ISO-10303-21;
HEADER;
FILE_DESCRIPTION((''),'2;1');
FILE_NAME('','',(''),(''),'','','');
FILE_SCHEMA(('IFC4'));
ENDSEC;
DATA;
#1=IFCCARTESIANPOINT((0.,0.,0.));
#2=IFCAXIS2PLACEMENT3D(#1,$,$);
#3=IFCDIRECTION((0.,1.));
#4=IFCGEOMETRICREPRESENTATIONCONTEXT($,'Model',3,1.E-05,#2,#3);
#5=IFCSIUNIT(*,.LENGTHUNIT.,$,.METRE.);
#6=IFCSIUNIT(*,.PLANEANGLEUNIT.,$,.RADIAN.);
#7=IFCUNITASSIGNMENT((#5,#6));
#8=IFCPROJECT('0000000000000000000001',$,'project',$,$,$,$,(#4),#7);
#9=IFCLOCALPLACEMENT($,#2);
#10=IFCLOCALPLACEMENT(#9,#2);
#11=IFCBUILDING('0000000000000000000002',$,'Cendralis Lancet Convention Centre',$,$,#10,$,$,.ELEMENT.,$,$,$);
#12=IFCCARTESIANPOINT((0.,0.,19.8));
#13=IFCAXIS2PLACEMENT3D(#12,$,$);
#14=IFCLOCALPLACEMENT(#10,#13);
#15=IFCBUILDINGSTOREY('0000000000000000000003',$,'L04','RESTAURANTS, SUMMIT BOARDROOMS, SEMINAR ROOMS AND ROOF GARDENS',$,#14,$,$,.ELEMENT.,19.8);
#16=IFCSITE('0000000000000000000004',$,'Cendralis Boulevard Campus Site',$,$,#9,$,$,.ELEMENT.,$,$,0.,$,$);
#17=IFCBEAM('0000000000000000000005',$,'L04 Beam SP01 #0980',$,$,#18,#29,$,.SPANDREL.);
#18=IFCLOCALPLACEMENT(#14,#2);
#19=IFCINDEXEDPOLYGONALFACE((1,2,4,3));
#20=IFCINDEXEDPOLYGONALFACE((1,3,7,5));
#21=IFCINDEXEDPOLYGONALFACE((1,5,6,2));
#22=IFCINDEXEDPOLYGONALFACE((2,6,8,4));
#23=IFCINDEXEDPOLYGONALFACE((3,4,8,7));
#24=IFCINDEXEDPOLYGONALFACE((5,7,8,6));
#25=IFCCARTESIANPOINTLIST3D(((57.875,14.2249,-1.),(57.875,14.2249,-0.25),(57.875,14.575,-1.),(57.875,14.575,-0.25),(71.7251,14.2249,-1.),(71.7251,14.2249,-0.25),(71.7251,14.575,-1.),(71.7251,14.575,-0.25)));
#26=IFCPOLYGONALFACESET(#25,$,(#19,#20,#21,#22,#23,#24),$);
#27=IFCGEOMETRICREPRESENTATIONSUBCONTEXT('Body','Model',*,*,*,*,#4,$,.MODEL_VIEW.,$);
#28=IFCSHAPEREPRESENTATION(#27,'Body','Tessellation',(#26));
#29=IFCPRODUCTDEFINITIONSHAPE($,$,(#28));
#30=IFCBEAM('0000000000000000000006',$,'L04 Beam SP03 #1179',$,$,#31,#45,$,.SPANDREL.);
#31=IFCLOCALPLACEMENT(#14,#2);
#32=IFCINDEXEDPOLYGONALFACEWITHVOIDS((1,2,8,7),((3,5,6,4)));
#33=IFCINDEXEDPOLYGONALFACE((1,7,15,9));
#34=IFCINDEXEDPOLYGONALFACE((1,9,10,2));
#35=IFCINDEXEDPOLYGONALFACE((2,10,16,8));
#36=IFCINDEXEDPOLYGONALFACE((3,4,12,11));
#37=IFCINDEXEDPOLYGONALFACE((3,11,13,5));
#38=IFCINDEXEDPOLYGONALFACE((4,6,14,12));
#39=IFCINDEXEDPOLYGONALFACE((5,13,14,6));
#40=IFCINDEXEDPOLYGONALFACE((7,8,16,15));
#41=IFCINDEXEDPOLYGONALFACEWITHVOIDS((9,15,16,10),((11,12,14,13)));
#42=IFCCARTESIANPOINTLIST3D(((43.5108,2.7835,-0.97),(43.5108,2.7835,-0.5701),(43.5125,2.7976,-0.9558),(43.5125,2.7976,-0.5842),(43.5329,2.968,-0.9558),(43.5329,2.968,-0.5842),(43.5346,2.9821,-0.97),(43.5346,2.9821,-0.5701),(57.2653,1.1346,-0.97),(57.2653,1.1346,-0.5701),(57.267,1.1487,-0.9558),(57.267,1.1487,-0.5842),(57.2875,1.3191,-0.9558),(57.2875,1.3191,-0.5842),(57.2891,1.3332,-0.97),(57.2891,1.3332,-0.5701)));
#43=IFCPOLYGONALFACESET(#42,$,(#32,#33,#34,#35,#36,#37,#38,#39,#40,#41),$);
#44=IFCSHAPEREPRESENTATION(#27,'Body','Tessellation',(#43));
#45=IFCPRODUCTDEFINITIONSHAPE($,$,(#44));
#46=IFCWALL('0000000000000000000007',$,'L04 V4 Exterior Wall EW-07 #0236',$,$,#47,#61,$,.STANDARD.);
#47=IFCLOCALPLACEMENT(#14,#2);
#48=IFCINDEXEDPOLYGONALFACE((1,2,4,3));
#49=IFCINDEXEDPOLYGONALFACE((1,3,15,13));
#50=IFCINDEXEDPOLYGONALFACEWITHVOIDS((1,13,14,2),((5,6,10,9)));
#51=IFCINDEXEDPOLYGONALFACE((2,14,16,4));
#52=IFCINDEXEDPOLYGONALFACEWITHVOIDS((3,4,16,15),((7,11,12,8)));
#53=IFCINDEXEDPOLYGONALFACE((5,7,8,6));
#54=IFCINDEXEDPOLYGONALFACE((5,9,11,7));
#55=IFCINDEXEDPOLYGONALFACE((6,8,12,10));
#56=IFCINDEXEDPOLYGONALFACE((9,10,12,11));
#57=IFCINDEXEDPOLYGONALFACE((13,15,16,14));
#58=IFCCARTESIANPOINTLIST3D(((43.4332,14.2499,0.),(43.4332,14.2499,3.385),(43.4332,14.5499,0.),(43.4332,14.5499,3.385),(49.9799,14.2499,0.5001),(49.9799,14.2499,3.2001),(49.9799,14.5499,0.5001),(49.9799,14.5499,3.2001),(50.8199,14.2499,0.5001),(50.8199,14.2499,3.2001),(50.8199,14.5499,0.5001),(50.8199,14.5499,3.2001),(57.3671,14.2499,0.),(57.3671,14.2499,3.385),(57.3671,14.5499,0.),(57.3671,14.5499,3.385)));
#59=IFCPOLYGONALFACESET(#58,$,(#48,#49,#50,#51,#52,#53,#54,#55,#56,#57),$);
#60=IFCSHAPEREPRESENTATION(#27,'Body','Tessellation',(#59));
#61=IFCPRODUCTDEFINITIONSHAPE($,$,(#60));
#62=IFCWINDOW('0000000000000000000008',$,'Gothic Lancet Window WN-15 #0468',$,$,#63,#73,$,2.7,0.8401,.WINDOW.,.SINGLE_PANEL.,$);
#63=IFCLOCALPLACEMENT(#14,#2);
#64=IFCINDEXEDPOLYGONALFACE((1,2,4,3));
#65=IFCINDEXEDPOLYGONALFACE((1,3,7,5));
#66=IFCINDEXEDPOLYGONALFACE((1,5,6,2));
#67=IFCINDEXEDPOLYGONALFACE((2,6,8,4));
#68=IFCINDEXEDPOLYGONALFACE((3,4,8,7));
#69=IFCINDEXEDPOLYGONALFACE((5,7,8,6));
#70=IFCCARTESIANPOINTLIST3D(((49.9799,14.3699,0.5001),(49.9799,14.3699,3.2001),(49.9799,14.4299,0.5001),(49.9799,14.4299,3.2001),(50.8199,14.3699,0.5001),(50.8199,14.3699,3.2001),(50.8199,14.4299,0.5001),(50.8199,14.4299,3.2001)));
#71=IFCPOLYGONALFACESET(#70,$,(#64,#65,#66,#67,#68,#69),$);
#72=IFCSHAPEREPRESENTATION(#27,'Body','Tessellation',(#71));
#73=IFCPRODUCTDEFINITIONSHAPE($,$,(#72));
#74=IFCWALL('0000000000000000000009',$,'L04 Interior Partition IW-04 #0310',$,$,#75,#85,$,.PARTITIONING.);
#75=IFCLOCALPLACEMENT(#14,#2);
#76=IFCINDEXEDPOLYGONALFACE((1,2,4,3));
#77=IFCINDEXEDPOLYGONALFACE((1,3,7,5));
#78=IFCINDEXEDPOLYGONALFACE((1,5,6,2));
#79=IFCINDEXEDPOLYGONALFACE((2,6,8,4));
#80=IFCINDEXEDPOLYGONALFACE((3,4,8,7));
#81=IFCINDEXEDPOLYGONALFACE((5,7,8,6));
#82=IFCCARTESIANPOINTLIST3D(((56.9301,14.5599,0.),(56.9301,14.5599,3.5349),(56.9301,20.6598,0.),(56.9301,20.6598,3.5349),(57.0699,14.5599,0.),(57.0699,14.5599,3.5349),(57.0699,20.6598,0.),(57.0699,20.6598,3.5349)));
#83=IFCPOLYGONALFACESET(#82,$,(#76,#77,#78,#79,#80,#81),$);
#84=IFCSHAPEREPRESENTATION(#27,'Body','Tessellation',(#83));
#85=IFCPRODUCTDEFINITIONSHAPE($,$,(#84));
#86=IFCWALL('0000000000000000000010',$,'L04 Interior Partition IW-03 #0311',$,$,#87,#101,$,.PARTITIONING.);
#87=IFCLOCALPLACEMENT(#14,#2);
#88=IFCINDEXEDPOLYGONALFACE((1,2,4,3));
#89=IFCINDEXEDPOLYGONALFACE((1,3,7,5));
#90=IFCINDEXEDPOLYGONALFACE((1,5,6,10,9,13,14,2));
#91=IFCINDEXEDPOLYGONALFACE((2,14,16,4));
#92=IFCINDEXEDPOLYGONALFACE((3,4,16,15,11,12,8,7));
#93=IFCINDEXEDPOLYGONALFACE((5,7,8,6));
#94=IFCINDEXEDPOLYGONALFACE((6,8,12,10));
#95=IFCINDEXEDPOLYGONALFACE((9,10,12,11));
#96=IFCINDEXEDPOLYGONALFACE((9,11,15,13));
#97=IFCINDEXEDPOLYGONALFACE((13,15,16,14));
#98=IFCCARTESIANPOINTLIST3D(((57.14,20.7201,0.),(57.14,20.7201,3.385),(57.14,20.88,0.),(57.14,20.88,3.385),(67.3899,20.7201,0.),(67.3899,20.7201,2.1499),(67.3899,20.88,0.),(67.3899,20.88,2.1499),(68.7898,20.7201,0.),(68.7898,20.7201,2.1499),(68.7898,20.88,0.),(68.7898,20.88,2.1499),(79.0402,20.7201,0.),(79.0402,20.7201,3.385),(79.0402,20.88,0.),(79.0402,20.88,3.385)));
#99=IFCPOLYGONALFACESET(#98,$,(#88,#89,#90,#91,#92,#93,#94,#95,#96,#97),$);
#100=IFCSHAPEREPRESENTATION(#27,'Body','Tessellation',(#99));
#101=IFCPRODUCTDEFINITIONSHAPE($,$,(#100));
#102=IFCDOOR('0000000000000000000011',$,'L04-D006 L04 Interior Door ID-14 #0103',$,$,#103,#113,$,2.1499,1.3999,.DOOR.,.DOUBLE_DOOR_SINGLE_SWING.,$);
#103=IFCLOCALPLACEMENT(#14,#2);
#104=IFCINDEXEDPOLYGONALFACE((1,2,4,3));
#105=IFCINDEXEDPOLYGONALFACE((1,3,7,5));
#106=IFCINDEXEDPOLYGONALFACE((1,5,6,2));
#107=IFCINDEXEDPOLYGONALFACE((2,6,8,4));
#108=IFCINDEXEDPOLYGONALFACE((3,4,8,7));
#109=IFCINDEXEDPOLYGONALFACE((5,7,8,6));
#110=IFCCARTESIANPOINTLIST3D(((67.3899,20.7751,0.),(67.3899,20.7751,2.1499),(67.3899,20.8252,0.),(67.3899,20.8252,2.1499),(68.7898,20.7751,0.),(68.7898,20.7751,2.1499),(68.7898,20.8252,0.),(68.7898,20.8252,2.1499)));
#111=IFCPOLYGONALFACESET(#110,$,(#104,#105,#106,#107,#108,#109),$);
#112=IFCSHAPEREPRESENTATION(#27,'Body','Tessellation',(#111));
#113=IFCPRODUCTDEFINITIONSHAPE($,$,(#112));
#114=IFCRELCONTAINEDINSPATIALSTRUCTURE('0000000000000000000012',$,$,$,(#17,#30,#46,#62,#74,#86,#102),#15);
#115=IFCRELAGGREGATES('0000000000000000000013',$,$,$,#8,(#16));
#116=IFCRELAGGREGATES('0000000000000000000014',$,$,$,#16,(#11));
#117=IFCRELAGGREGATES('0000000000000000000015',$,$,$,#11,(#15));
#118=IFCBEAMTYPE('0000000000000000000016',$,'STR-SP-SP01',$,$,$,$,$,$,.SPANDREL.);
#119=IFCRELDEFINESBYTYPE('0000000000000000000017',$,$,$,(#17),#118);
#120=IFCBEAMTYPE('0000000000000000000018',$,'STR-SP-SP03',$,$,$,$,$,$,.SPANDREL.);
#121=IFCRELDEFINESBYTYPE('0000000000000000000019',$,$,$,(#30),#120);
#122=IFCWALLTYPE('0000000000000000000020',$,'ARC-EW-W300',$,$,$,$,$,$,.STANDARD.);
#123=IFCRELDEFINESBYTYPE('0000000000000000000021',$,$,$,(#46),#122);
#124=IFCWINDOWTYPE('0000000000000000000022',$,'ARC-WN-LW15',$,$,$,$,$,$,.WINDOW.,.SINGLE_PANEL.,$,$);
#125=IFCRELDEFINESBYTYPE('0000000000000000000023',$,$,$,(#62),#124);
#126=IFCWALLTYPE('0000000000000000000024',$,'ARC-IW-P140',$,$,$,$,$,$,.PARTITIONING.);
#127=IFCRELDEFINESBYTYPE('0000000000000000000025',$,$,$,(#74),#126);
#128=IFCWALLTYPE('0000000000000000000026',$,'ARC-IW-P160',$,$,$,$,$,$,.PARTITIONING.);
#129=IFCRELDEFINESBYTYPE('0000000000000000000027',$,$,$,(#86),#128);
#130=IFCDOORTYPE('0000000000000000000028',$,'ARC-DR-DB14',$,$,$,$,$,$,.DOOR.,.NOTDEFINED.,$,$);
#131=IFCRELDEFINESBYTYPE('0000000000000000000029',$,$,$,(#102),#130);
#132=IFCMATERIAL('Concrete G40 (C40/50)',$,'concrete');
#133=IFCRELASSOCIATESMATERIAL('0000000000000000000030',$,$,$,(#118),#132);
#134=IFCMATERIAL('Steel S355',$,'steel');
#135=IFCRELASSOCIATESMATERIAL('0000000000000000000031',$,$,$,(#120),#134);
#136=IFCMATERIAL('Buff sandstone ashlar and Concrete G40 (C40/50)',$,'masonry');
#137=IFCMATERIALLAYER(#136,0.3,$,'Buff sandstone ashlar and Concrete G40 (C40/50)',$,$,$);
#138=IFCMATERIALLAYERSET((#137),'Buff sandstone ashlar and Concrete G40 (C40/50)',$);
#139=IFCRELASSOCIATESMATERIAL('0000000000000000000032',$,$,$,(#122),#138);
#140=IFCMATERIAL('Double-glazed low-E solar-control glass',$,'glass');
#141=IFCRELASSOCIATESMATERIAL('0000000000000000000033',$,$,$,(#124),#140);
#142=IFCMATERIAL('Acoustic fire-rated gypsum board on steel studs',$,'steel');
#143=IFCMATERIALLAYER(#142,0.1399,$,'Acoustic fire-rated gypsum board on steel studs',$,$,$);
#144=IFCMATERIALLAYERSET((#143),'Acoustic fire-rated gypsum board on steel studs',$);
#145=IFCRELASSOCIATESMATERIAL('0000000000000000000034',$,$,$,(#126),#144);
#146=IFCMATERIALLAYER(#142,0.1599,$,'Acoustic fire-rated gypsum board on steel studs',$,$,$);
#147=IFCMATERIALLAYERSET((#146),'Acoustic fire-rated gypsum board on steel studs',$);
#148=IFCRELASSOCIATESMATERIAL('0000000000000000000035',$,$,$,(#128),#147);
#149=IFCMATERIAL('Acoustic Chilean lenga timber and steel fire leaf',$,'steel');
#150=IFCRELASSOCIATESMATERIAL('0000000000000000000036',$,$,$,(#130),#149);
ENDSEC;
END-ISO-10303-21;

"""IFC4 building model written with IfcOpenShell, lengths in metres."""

from ifc_helpers import new_model, si_unit, direction, frame, frame_2d, origin, origin_2d, place, context, subcontext, project, spatial, rectangle, hollow_rectangle, extrude, material, layer, layer_set, material_profile, profile_set, type_object, element, fill, save


model = new_model("IFC4")

# Units and contexts
model_context = context("Model", 3, precision=1e-05, world=origin(), true_north=direction((0.0, 1.0)))
body_context = subcontext(model_context, "Body", "Model", "MODEL_VIEW")
ifc_project = project(units=[si_unit("LENGTHUNIT", "METRE"), si_unit("PLANEANGLEUNIT", "RADIAN")], contexts=[model_context])

# Site, building, storey
site_placement = place(None, origin())
site = spatial("IfcSite", under=ifc_project, at=site_placement, Name="Cendralis Boulevard Campus Site", CompositionType="ELEMENT", RefElevation=0.0)
building_placement = place(site_placement, origin())
building = spatial("IfcBuilding", under=site, at=building_placement, Name="Cendralis Lancet Convention Centre", CompositionType="ELEMENT")
storey_placement = place(building_placement, frame((0.0, 0.0, 19.8)))
storey = spatial("IfcBuildingStorey", under=building, at=storey_placement, Name="L04", Description="RESTAURANTS, SUMMIT BOARDROOMS, SEMINAR ROOMS AND ROOF GARDENS", CompositionType="ELEMENT", Elevation=19.8)

# Shared definitions
ifc_material_1 = material(Name="Concrete G40 (C40/50)", Category="concrete")

# Beams
ifc_material_2 = material(Name="Steel S355", Category="steel")
ifc_material_profile_1 = material_profile(ifc_material_1, rectangle(XDim=0.3501, YDim=0.75, at=origin_2d()), Name="RCB 350x750")
ifc_profile_set_1 = profile_set([ifc_material_profile_1], Name="Concrete G40 (C40/50)")
beam_type_1 = type_object("IfcBeamType", Name="STR-SP-SP01", PredefinedType="SPANDREL", material=ifc_profile_set_1)
beam_1_placement = place(storey_placement, frame((57.875, 14.3999, -0.625), z_axis=(1.0, 0.0, 0.0), x_axis=(0.0, 1.0, 0.0)))
element("IfcBeam", 1, at=beam_1_placement, inside=storey, type_object=beam_type_1, Name="L04 Beam SP01 #0980", PredefinedType="SPANDREL", context=body_context, shape_type="SweptSolid", body=[
    extrude(rectangle(XDim=0.3501, YDim=0.75, at=origin_2d()), origin(), (0.0, 0.0, 1.0), 13.8501),
])
ifc_material_profile_2 = material_profile(ifc_material_2, hollow_rectangle(XDim=0.2, YDim=0.3999, WallThickness=0.0142, at=origin_2d()), Name="RHS 400x200x14.2")
ifc_profile_set_2 = profile_set([ifc_material_profile_2], Name="Steel S355")
beam_type_2 = type_object("IfcBeamType", Name="STR-SP-SP03", PredefinedType="SPANDREL", material=ifc_profile_set_2)
beam_2_placement = place(storey_placement, frame((43.5227, 2.8828, -0.77), z_axis=(0.992891, -0.119029, 0.0), x_axis=(0.119029, 0.992891, 0.0)))
element("IfcBeam", 2, at=beam_2_placement, inside=storey, type_object=beam_type_2, Name="L04 Beam SP03 #1179", PredefinedType="SPANDREL", context=body_context, shape_type="SweptSolid", body=[
    extrude(hollow_rectangle(XDim=0.2, YDim=0.3999, WallThickness=0.0142, at=origin_2d()), origin(), (0.0, 0.0, 1.0), 13.853),
])

# Wall, opening, window
ifc_material_3 = material(Name="Buff sandstone ashlar and Concrete G40 (C40/50)", Category="masonry")
ifc_layer_1 = layer(ifc_material_3, 0.3, Name="Buff sandstone ashlar and Concrete G40 (C40/50)")
ifc_layer_set_1 = layer_set([ifc_layer_1], Name="Buff sandstone ashlar and Concrete G40 (C40/50)")
wall_type_1 = type_object("IfcWallType", Name="ARC-EW-W300", PredefinedType="STANDARD", material=ifc_layer_set_1)
wall_1_placement = place(storey_placement, frame((57.3669, 14.3999, 0.0), z_axis=(0.0, 0.0, 1.0), x_axis=(-1.0, 0.0, 0.0)))
wall_1 = element("IfcWall", 3, at=wall_1_placement, inside=storey, type_object=wall_type_1, Name="L04 V4 Exterior Wall EW-07 #0236", PredefinedType="STANDARD", context=body_context, shape_type="SweptSolid", body=[
    extrude(rectangle(XDim=13.9338, YDim=0.3, at=frame_2d((6.9668, 0.0))), origin(), (0.0, 0.0, 1.0), 3.385),
])
opening_1_placement = place(wall_1_placement, frame((6.5471, 0.0, 0.5)))
opening_1 = element("IfcOpeningElement", 4, at=opening_1_placement, cuts=wall_1, PredefinedType="OPENING", context=body_context, shape_type="SweptSolid", body=[
    extrude(rectangle(XDim=0.8401, YDim=2.7, at=frame_2d((0.4199, 1.3501))), frame((0.0, 0.1599, 0.0), z_axis=(0.0, -1.0, 0.0), x_axis=(1.0, 0.0, 0.0)), (0.0, 0.0, 1.0), 0.3201),
])
ifc_material_4 = material(Name="Double-glazed low-E solar-control glass", Category="glass")
window_type = type_object("IfcWindowType", Name="ARC-WN-LW15", PartitioningType="SINGLE_PANEL", PredefinedType="WINDOW", material=ifc_material_4)
window_placement = place(opening_1_placement, origin())
window = element("IfcWindow", 5, at=window_placement, inside=storey, type_object=window_type, Name="Gothic Lancet Window WN-15 #0468", OverallHeight=2.7, OverallWidth=0.8401, PartitioningType="SINGLE_PANEL", PredefinedType="WINDOW", context=body_context, shape_type="SweptSolid", body=[
    extrude(rectangle(XDim=0.8401, YDim=2.7, at=frame_2d((0.4199, 1.3501))), frame((0.0, 0.03, 0.0), z_axis=(0.0, -1.0, 0.0), x_axis=(1.0, 0.0, 0.0)), (0.0, 0.0, 1.0), 0.0601),
])
fill(opening_1, window)

# Wall
ifc_material_5 = material(Name="Acoustic fire-rated gypsum board on steel studs", Category="steel")
ifc_layer_2 = layer(ifc_material_5, 0.1399, Name="Acoustic fire-rated gypsum board on steel studs")
ifc_layer_set_2 = layer_set([ifc_layer_2], Name="Acoustic fire-rated gypsum board on steel studs")
wall_type_2 = type_object("IfcWallType", Name="ARC-IW-P140", PredefinedType="PARTITIONING", material=ifc_layer_set_2)
wall_2_placement = place(storey_placement, frame((57.0, 14.5601, 0.0), z_axis=(0.0, 0.0, 1.0), x_axis=(0.0, 1.0, 0.0)))
element("IfcWall", 6, at=wall_2_placement, inside=storey, type_object=wall_type_2, Name="L04 Interior Partition IW-04 #0310", PredefinedType="PARTITIONING", context=body_context, shape_type="SweptSolid", body=[
    extrude(rectangle(XDim=6.0999, YDim=0.1399, at=frame_2d((3.0498, 0.0))), origin(), (0.0, 0.0, 1.0), 3.5349),
])

# Wall, opening, door
ifc_layer_3 = layer(ifc_material_5, 0.1599, Name="Acoustic fire-rated gypsum board on steel studs")
ifc_layer_set_3 = layer_set([ifc_layer_3], Name="Acoustic fire-rated gypsum board on steel studs")
wall_type_3 = type_object("IfcWallType", Name="ARC-IW-P160", PredefinedType="PARTITIONING", material=ifc_layer_set_3)
wall_3_placement = place(storey_placement, frame((57.1399, 20.8, 0.0), z_axis=(0.0, 0.0, 1.0), x_axis=(1.0, 0.0, 0.0)))
wall_3 = element("IfcWall", 7, at=wall_3_placement, inside=storey, type_object=wall_type_3, Name="L04 Interior Partition IW-03 #0311", PredefinedType="PARTITIONING", context=body_context, shape_type="SweptSolid", body=[
    extrude(rectangle(XDim=21.9001, YDim=0.1599, at=frame_2d((10.9502, 0.0))), origin(), (0.0, 0.0, 1.0), 3.385),
])
opening_2_placement = place(wall_3_placement, frame((10.25, 0.0, 0.0)))
opening_2 = element("IfcOpeningElement", 8, at=opening_2_placement, cuts=wall_3, PredefinedType="OPENING", context=body_context, shape_type="SweptSolid", body=[
    extrude(rectangle(XDim=1.3999, YDim=2.1499, at=frame_2d((0.7, 1.075))), frame((0.0, 0.0898, 0.0), z_axis=(0.0, -1.0, 0.0), x_axis=(1.0, 0.0, 0.0)), (0.0, 0.0, 1.0), 0.1799),
])
ifc_material_6 = material(Name="Acoustic Chilean lenga timber and steel fire leaf", Category="steel")
door_type = type_object("IfcDoorType", Name="ARC-DR-DB14", OperationType="NOTDEFINED", PredefinedType="DOOR", material=ifc_material_6)
door_placement = place(opening_2_placement, frame((1.3999, 0.0, 0.0), z_axis=(0.0, 0.0, 1.0), x_axis=(-1.0, 0.0, 0.0)))
door = element("IfcDoor", 9, at=door_placement, inside=storey, type_object=door_type, Name="L04-D006 L04 Interior Door ID-14 #0103", OperationType="DOUBLE_DOOR_SINGLE_SWING", OverallHeight=2.1499, OverallWidth=1.3999, PredefinedType="DOOR", context=body_context, shape_type="SweptSolid", body=[
    extrude(rectangle(XDim=1.3999, YDim=2.1499, at=frame_2d((0.7, 1.075))), frame((0.0, 0.0249, 0.0), z_axis=(0.0, -1.0, 0.0), x_axis=(1.0, 0.0, 0.0)), (0.0, 0.0, 1.0), 0.05),
])
fill(opening_2, door)

save(model, "model.ifc")
